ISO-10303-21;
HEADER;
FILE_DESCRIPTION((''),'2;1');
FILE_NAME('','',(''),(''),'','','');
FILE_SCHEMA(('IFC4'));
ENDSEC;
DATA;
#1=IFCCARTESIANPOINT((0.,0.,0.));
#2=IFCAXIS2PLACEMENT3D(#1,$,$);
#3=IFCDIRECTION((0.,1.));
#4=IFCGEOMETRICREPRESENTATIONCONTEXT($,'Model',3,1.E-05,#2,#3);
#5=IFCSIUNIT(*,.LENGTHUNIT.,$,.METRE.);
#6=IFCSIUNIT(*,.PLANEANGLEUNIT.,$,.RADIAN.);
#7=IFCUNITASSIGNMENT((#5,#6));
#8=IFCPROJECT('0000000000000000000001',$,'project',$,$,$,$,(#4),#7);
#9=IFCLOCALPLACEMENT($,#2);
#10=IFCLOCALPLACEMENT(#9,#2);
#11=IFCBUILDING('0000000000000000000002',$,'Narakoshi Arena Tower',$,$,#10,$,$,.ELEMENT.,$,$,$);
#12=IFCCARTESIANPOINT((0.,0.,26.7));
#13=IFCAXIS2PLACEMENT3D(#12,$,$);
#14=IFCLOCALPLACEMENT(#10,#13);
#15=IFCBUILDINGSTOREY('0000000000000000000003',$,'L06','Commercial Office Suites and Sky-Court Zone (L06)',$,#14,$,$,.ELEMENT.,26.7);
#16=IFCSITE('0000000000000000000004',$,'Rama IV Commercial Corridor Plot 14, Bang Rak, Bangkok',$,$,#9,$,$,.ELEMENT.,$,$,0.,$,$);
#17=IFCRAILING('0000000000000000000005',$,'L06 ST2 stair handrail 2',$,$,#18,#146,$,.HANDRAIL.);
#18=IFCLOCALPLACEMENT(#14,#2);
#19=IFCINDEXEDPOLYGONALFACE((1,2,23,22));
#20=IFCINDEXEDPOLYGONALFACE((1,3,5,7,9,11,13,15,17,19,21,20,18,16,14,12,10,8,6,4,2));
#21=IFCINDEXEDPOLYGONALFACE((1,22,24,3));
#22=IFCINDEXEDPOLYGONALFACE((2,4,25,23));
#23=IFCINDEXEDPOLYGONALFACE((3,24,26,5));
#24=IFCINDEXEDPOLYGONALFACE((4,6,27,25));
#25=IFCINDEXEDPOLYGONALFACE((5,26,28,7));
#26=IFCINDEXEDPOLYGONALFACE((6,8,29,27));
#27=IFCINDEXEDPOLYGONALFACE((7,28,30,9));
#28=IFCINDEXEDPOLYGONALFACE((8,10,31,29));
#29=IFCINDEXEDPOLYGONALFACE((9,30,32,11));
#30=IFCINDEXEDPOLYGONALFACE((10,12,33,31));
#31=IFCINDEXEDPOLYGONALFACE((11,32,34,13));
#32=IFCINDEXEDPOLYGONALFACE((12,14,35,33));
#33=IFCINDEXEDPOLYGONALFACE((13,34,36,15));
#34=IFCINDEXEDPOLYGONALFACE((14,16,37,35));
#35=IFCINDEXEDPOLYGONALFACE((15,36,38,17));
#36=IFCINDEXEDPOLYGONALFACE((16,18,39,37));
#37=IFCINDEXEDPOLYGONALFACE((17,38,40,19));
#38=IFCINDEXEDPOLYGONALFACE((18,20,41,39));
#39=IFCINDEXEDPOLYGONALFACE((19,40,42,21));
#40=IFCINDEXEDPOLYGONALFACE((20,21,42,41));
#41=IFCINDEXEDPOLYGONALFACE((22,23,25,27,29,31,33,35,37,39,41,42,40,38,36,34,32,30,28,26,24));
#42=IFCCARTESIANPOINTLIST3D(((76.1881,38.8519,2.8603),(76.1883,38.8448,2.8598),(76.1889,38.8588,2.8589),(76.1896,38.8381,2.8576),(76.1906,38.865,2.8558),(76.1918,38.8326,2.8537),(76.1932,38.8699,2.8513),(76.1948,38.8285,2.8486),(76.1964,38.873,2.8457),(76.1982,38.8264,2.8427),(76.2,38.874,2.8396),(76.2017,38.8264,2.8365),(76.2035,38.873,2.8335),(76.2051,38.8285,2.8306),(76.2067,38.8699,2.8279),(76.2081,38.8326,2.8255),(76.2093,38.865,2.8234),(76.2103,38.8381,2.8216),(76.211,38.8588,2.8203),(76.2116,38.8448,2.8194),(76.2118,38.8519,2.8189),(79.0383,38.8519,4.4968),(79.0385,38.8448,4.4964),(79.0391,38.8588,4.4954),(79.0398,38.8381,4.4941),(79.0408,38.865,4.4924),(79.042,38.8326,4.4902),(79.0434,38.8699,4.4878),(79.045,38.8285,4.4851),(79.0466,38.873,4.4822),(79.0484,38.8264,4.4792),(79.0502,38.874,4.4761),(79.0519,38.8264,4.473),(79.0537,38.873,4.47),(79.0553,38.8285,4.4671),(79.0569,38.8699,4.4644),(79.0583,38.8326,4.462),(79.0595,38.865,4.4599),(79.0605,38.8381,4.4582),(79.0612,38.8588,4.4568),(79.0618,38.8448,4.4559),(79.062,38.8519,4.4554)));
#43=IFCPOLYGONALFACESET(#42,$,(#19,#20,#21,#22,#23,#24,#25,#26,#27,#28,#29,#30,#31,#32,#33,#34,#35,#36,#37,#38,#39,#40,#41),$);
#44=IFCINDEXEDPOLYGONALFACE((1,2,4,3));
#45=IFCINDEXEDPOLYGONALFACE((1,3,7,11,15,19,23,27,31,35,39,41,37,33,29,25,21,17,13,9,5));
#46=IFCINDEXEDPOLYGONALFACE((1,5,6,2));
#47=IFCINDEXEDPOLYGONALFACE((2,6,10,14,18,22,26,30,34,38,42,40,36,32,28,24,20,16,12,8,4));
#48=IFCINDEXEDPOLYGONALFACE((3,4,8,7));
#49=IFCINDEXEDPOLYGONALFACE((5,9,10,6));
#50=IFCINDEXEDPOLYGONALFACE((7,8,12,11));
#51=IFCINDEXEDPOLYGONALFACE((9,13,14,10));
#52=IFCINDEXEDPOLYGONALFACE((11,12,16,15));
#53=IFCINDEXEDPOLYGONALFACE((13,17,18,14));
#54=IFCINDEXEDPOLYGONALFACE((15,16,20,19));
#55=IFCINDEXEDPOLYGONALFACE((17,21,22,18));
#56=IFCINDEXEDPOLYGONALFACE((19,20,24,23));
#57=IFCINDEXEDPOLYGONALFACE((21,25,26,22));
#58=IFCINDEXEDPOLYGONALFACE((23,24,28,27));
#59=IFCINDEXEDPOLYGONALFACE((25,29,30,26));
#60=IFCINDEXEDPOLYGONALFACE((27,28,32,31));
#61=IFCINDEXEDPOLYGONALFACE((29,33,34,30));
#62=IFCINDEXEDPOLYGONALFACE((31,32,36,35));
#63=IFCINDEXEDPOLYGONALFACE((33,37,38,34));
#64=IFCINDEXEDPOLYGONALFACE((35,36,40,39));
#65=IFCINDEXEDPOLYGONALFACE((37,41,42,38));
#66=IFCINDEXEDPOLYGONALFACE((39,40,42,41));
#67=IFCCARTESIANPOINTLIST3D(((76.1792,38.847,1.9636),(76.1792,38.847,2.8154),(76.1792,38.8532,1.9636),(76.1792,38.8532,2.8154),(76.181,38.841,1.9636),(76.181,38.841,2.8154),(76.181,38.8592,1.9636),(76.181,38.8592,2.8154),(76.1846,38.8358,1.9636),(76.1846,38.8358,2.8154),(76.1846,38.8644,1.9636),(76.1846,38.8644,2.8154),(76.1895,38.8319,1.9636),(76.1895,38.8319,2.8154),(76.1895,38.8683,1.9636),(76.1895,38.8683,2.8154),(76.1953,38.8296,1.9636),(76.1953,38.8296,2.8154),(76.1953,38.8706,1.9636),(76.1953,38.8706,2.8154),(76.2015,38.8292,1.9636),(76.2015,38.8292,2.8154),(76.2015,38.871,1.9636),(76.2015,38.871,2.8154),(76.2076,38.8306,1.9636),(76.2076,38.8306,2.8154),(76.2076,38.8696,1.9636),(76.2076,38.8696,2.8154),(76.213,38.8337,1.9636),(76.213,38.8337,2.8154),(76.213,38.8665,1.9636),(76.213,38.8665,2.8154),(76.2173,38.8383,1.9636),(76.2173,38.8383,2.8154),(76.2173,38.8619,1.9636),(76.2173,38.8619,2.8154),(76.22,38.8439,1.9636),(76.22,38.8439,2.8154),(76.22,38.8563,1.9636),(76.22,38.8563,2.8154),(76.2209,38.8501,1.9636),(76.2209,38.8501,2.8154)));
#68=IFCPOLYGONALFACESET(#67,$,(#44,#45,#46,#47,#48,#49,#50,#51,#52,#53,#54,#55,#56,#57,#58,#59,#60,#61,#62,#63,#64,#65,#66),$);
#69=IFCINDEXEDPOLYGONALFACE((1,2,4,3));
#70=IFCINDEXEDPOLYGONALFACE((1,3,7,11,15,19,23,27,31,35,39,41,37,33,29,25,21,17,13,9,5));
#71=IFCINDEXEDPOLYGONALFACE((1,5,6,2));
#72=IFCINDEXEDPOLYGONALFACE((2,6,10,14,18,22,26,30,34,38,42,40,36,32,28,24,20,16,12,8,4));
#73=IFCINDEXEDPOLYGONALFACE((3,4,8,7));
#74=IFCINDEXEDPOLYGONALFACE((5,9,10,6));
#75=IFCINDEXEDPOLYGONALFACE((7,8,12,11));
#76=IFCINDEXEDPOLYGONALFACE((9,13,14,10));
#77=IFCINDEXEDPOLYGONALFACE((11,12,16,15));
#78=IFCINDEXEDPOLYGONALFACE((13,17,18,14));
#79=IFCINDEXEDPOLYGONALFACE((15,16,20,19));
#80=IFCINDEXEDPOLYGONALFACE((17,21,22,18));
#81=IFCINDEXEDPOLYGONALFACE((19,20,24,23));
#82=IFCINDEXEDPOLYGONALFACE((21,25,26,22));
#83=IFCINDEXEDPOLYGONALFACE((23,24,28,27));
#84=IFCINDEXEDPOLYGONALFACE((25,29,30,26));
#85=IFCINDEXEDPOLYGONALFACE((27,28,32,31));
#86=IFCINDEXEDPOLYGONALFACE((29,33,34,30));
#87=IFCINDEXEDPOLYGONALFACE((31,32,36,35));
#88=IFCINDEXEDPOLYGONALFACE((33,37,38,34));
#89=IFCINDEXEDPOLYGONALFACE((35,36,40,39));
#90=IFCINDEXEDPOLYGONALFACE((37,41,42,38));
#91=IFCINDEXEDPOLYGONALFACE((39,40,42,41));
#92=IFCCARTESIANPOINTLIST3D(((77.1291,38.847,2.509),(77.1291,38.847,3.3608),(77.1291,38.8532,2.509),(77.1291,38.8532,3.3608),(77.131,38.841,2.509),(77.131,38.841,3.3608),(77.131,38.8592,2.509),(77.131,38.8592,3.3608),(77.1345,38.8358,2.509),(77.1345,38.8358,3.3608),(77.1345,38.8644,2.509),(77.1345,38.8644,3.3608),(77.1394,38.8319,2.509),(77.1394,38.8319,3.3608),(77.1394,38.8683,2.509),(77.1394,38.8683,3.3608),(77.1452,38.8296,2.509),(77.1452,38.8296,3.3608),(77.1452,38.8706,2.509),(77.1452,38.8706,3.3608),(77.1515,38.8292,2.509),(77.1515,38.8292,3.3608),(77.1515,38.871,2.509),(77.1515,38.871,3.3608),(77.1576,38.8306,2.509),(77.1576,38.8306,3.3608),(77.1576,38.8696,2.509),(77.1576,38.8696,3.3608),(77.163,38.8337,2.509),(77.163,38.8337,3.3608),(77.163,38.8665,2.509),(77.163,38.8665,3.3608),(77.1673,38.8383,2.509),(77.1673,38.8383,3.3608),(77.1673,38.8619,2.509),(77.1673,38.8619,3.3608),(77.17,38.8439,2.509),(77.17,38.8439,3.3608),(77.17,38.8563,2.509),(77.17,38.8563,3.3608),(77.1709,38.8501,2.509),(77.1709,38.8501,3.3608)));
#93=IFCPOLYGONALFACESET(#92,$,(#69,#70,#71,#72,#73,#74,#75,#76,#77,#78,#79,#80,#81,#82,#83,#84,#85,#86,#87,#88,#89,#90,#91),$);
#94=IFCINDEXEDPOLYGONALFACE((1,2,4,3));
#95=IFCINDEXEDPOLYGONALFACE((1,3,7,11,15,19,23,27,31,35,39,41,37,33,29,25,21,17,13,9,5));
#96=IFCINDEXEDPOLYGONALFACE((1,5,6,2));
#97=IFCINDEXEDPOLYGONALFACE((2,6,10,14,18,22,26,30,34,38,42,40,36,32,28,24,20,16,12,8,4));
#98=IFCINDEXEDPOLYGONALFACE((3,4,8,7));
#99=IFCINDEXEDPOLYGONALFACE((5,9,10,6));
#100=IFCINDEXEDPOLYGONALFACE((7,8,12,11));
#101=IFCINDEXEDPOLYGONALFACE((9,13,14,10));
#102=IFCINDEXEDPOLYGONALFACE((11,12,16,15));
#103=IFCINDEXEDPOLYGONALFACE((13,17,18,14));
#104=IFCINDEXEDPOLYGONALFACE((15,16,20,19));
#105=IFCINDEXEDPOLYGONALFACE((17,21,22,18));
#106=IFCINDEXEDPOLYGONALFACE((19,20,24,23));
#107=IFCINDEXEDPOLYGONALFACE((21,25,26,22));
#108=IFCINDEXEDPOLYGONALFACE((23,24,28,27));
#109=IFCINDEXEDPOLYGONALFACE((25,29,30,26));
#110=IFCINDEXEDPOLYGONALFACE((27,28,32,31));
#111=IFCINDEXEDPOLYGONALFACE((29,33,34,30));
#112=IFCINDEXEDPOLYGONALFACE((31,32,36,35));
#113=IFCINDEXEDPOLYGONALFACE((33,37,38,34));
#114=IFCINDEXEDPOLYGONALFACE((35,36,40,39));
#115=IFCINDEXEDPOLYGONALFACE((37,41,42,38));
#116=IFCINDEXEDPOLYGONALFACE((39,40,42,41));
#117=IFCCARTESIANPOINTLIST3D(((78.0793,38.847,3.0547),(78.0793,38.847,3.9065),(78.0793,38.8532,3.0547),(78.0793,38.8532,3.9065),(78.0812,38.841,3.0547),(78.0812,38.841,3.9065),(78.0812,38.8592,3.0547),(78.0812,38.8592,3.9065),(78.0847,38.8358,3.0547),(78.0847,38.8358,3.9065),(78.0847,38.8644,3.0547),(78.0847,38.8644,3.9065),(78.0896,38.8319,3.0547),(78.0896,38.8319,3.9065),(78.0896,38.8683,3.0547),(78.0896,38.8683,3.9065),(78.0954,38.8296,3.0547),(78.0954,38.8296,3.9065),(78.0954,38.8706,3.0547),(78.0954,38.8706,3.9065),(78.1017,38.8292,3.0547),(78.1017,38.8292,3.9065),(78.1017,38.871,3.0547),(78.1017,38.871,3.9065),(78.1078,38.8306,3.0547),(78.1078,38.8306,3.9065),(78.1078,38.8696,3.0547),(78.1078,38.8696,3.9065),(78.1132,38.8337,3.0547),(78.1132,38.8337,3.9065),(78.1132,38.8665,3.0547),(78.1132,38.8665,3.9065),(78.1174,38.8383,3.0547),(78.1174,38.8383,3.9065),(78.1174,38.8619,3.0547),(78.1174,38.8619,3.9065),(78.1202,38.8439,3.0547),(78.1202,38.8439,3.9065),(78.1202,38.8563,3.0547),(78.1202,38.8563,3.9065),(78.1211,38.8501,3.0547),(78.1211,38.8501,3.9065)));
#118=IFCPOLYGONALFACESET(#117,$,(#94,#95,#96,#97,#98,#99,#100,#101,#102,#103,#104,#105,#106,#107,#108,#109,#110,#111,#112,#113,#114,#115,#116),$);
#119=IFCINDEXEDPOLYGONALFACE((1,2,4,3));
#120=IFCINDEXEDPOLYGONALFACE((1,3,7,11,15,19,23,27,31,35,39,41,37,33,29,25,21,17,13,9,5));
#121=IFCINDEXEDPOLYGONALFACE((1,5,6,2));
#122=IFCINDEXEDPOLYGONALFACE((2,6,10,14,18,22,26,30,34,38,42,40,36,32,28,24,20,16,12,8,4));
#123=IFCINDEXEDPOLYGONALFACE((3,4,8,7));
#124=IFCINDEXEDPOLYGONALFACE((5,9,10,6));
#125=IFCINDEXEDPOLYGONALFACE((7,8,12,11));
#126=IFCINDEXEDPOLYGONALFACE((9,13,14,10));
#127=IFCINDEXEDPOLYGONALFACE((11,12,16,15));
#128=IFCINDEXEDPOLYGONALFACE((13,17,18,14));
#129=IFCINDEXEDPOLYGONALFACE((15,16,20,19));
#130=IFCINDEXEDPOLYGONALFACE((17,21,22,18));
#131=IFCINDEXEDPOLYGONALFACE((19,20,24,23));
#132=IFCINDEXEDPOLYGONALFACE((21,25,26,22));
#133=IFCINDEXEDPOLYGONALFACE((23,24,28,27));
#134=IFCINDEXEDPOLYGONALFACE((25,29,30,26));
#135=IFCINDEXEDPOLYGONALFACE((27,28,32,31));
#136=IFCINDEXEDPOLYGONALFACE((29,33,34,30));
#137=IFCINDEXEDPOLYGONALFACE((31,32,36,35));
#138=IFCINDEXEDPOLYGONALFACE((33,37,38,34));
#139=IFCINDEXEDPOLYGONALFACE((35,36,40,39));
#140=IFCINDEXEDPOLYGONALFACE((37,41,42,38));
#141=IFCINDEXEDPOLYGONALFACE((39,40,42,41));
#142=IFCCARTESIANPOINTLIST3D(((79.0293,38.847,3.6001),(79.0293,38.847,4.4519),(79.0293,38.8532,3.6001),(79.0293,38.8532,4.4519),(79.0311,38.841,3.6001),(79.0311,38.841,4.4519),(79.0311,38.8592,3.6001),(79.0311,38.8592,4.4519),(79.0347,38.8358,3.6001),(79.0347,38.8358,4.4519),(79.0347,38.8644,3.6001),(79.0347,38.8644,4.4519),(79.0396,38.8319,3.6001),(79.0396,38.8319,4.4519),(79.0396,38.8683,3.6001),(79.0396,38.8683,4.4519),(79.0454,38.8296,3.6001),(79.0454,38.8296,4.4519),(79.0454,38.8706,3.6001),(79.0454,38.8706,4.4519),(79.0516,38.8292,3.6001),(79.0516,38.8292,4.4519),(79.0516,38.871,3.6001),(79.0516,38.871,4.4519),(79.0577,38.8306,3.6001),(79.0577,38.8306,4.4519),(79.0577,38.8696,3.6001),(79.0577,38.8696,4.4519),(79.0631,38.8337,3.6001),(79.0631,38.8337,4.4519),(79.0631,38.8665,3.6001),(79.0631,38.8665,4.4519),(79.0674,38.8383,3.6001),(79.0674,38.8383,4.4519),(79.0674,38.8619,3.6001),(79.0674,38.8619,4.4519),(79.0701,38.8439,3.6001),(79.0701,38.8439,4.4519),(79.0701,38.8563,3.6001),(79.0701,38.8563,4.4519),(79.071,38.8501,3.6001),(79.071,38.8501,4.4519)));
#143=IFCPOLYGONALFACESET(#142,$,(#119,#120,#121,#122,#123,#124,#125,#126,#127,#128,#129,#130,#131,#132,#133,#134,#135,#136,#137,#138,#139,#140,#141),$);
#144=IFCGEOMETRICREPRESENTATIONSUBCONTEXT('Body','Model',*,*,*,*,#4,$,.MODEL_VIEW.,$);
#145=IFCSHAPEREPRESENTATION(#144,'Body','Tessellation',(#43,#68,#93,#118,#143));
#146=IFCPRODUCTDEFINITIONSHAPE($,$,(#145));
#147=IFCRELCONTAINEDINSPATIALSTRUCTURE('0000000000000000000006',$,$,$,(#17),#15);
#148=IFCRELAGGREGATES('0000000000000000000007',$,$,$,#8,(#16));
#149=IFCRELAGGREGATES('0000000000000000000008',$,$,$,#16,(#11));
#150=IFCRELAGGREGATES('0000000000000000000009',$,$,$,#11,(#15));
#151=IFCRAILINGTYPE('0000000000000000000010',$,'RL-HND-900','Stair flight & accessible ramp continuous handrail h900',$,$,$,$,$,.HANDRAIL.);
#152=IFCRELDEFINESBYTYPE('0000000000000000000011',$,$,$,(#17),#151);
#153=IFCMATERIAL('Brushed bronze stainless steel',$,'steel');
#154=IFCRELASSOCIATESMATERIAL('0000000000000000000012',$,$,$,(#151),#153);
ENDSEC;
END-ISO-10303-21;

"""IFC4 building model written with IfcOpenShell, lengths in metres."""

from ifc_helpers import new_model, si_unit, direction, frame, origin, origin_2d, place, context, subcontext, project, spatial, circle, extrude, material, type_object, element, save


model = new_model("IFC4")

# Units and contexts
model_context = context("Model", 3, precision=1e-05, world=origin(), true_north=direction((0.0, 1.0)))
body_context = subcontext(model_context, "Body", "Model", "MODEL_VIEW")
ifc_project = project(units=[si_unit("LENGTHUNIT", "METRE"), si_unit("PLANEANGLEUNIT", "RADIAN")], contexts=[model_context])

# Site, building, storey
site_placement = place(None, origin())
site = spatial("IfcSite", under=ifc_project, at=site_placement, Name="Rama IV Commercial Corridor Plot 14, Bang Rak, Bangkok", CompositionType="ELEMENT", RefElevation=0.0)
building_placement = place(site_placement, origin())
building = spatial("IfcBuilding", under=site, at=building_placement, Name="Narakoshi Arena Tower", CompositionType="ELEMENT")
storey_placement = place(building_placement, frame((0.0, 0.0, 26.7)))
storey = spatial("IfcBuildingStorey", under=building, at=storey_placement, Name="L06", Description="Commercial Office Suites and Sky-Court Zone (L06)", CompositionType="ELEMENT", Elevation=26.7)

# Shared definitions
ifc_material_1 = material(Name="Brushed bronze stainless steel", Category="steel")

# Railing
railing_type_1 = type_object("IfcRailingType", Name="RL-HND-900", Description="Stair flight & accessible ramp continuous handrail h900", PredefinedType="HANDRAIL", material=ifc_material_1)
for number, where, name in (
    (1, (76.2, 38.8501, 1.9636), "L06 ST2 stair handrail 2"),
):
    element("IfcRailing", number, at=place(storey_placement, frame(where)), inside=storey, type_object=railing_type_1, Name=name, PredefinedType="HANDRAIL", context=body_context, shape_type="SweptSolid", body=[
        extrude(circle(Radius=0.0239, at=origin_2d()), frame((0.0, 0.0, 0.876), z_axis=(0.867213, 0.0, 0.497938), x_axis=(0.0, 1.0, 0.0)), (0.0, 0.0, 1.0), 3.2866),
        extrude(circle(Radius=0.021, at=origin_2d()), origin(), (0.0, 0.0, 1.0), 0.8518),
        extrude(circle(Radius=0.021, at=origin_2d()), frame((0.95, 0.0, 0.5454)), (0.0, 0.0, 1.0), 0.8518),
        extrude(circle(Radius=0.021, at=origin_2d()), frame((1.9001, 0.0, 1.0911)), (0.0, 0.0, 1.0), 0.8518),
        extrude(circle(Radius=0.021, at=origin_2d()), frame((2.8501, 0.0, 1.6365)), (0.0, 0.0, 1.0), 0.8518),
    ])

save(model, "model.ifc")
